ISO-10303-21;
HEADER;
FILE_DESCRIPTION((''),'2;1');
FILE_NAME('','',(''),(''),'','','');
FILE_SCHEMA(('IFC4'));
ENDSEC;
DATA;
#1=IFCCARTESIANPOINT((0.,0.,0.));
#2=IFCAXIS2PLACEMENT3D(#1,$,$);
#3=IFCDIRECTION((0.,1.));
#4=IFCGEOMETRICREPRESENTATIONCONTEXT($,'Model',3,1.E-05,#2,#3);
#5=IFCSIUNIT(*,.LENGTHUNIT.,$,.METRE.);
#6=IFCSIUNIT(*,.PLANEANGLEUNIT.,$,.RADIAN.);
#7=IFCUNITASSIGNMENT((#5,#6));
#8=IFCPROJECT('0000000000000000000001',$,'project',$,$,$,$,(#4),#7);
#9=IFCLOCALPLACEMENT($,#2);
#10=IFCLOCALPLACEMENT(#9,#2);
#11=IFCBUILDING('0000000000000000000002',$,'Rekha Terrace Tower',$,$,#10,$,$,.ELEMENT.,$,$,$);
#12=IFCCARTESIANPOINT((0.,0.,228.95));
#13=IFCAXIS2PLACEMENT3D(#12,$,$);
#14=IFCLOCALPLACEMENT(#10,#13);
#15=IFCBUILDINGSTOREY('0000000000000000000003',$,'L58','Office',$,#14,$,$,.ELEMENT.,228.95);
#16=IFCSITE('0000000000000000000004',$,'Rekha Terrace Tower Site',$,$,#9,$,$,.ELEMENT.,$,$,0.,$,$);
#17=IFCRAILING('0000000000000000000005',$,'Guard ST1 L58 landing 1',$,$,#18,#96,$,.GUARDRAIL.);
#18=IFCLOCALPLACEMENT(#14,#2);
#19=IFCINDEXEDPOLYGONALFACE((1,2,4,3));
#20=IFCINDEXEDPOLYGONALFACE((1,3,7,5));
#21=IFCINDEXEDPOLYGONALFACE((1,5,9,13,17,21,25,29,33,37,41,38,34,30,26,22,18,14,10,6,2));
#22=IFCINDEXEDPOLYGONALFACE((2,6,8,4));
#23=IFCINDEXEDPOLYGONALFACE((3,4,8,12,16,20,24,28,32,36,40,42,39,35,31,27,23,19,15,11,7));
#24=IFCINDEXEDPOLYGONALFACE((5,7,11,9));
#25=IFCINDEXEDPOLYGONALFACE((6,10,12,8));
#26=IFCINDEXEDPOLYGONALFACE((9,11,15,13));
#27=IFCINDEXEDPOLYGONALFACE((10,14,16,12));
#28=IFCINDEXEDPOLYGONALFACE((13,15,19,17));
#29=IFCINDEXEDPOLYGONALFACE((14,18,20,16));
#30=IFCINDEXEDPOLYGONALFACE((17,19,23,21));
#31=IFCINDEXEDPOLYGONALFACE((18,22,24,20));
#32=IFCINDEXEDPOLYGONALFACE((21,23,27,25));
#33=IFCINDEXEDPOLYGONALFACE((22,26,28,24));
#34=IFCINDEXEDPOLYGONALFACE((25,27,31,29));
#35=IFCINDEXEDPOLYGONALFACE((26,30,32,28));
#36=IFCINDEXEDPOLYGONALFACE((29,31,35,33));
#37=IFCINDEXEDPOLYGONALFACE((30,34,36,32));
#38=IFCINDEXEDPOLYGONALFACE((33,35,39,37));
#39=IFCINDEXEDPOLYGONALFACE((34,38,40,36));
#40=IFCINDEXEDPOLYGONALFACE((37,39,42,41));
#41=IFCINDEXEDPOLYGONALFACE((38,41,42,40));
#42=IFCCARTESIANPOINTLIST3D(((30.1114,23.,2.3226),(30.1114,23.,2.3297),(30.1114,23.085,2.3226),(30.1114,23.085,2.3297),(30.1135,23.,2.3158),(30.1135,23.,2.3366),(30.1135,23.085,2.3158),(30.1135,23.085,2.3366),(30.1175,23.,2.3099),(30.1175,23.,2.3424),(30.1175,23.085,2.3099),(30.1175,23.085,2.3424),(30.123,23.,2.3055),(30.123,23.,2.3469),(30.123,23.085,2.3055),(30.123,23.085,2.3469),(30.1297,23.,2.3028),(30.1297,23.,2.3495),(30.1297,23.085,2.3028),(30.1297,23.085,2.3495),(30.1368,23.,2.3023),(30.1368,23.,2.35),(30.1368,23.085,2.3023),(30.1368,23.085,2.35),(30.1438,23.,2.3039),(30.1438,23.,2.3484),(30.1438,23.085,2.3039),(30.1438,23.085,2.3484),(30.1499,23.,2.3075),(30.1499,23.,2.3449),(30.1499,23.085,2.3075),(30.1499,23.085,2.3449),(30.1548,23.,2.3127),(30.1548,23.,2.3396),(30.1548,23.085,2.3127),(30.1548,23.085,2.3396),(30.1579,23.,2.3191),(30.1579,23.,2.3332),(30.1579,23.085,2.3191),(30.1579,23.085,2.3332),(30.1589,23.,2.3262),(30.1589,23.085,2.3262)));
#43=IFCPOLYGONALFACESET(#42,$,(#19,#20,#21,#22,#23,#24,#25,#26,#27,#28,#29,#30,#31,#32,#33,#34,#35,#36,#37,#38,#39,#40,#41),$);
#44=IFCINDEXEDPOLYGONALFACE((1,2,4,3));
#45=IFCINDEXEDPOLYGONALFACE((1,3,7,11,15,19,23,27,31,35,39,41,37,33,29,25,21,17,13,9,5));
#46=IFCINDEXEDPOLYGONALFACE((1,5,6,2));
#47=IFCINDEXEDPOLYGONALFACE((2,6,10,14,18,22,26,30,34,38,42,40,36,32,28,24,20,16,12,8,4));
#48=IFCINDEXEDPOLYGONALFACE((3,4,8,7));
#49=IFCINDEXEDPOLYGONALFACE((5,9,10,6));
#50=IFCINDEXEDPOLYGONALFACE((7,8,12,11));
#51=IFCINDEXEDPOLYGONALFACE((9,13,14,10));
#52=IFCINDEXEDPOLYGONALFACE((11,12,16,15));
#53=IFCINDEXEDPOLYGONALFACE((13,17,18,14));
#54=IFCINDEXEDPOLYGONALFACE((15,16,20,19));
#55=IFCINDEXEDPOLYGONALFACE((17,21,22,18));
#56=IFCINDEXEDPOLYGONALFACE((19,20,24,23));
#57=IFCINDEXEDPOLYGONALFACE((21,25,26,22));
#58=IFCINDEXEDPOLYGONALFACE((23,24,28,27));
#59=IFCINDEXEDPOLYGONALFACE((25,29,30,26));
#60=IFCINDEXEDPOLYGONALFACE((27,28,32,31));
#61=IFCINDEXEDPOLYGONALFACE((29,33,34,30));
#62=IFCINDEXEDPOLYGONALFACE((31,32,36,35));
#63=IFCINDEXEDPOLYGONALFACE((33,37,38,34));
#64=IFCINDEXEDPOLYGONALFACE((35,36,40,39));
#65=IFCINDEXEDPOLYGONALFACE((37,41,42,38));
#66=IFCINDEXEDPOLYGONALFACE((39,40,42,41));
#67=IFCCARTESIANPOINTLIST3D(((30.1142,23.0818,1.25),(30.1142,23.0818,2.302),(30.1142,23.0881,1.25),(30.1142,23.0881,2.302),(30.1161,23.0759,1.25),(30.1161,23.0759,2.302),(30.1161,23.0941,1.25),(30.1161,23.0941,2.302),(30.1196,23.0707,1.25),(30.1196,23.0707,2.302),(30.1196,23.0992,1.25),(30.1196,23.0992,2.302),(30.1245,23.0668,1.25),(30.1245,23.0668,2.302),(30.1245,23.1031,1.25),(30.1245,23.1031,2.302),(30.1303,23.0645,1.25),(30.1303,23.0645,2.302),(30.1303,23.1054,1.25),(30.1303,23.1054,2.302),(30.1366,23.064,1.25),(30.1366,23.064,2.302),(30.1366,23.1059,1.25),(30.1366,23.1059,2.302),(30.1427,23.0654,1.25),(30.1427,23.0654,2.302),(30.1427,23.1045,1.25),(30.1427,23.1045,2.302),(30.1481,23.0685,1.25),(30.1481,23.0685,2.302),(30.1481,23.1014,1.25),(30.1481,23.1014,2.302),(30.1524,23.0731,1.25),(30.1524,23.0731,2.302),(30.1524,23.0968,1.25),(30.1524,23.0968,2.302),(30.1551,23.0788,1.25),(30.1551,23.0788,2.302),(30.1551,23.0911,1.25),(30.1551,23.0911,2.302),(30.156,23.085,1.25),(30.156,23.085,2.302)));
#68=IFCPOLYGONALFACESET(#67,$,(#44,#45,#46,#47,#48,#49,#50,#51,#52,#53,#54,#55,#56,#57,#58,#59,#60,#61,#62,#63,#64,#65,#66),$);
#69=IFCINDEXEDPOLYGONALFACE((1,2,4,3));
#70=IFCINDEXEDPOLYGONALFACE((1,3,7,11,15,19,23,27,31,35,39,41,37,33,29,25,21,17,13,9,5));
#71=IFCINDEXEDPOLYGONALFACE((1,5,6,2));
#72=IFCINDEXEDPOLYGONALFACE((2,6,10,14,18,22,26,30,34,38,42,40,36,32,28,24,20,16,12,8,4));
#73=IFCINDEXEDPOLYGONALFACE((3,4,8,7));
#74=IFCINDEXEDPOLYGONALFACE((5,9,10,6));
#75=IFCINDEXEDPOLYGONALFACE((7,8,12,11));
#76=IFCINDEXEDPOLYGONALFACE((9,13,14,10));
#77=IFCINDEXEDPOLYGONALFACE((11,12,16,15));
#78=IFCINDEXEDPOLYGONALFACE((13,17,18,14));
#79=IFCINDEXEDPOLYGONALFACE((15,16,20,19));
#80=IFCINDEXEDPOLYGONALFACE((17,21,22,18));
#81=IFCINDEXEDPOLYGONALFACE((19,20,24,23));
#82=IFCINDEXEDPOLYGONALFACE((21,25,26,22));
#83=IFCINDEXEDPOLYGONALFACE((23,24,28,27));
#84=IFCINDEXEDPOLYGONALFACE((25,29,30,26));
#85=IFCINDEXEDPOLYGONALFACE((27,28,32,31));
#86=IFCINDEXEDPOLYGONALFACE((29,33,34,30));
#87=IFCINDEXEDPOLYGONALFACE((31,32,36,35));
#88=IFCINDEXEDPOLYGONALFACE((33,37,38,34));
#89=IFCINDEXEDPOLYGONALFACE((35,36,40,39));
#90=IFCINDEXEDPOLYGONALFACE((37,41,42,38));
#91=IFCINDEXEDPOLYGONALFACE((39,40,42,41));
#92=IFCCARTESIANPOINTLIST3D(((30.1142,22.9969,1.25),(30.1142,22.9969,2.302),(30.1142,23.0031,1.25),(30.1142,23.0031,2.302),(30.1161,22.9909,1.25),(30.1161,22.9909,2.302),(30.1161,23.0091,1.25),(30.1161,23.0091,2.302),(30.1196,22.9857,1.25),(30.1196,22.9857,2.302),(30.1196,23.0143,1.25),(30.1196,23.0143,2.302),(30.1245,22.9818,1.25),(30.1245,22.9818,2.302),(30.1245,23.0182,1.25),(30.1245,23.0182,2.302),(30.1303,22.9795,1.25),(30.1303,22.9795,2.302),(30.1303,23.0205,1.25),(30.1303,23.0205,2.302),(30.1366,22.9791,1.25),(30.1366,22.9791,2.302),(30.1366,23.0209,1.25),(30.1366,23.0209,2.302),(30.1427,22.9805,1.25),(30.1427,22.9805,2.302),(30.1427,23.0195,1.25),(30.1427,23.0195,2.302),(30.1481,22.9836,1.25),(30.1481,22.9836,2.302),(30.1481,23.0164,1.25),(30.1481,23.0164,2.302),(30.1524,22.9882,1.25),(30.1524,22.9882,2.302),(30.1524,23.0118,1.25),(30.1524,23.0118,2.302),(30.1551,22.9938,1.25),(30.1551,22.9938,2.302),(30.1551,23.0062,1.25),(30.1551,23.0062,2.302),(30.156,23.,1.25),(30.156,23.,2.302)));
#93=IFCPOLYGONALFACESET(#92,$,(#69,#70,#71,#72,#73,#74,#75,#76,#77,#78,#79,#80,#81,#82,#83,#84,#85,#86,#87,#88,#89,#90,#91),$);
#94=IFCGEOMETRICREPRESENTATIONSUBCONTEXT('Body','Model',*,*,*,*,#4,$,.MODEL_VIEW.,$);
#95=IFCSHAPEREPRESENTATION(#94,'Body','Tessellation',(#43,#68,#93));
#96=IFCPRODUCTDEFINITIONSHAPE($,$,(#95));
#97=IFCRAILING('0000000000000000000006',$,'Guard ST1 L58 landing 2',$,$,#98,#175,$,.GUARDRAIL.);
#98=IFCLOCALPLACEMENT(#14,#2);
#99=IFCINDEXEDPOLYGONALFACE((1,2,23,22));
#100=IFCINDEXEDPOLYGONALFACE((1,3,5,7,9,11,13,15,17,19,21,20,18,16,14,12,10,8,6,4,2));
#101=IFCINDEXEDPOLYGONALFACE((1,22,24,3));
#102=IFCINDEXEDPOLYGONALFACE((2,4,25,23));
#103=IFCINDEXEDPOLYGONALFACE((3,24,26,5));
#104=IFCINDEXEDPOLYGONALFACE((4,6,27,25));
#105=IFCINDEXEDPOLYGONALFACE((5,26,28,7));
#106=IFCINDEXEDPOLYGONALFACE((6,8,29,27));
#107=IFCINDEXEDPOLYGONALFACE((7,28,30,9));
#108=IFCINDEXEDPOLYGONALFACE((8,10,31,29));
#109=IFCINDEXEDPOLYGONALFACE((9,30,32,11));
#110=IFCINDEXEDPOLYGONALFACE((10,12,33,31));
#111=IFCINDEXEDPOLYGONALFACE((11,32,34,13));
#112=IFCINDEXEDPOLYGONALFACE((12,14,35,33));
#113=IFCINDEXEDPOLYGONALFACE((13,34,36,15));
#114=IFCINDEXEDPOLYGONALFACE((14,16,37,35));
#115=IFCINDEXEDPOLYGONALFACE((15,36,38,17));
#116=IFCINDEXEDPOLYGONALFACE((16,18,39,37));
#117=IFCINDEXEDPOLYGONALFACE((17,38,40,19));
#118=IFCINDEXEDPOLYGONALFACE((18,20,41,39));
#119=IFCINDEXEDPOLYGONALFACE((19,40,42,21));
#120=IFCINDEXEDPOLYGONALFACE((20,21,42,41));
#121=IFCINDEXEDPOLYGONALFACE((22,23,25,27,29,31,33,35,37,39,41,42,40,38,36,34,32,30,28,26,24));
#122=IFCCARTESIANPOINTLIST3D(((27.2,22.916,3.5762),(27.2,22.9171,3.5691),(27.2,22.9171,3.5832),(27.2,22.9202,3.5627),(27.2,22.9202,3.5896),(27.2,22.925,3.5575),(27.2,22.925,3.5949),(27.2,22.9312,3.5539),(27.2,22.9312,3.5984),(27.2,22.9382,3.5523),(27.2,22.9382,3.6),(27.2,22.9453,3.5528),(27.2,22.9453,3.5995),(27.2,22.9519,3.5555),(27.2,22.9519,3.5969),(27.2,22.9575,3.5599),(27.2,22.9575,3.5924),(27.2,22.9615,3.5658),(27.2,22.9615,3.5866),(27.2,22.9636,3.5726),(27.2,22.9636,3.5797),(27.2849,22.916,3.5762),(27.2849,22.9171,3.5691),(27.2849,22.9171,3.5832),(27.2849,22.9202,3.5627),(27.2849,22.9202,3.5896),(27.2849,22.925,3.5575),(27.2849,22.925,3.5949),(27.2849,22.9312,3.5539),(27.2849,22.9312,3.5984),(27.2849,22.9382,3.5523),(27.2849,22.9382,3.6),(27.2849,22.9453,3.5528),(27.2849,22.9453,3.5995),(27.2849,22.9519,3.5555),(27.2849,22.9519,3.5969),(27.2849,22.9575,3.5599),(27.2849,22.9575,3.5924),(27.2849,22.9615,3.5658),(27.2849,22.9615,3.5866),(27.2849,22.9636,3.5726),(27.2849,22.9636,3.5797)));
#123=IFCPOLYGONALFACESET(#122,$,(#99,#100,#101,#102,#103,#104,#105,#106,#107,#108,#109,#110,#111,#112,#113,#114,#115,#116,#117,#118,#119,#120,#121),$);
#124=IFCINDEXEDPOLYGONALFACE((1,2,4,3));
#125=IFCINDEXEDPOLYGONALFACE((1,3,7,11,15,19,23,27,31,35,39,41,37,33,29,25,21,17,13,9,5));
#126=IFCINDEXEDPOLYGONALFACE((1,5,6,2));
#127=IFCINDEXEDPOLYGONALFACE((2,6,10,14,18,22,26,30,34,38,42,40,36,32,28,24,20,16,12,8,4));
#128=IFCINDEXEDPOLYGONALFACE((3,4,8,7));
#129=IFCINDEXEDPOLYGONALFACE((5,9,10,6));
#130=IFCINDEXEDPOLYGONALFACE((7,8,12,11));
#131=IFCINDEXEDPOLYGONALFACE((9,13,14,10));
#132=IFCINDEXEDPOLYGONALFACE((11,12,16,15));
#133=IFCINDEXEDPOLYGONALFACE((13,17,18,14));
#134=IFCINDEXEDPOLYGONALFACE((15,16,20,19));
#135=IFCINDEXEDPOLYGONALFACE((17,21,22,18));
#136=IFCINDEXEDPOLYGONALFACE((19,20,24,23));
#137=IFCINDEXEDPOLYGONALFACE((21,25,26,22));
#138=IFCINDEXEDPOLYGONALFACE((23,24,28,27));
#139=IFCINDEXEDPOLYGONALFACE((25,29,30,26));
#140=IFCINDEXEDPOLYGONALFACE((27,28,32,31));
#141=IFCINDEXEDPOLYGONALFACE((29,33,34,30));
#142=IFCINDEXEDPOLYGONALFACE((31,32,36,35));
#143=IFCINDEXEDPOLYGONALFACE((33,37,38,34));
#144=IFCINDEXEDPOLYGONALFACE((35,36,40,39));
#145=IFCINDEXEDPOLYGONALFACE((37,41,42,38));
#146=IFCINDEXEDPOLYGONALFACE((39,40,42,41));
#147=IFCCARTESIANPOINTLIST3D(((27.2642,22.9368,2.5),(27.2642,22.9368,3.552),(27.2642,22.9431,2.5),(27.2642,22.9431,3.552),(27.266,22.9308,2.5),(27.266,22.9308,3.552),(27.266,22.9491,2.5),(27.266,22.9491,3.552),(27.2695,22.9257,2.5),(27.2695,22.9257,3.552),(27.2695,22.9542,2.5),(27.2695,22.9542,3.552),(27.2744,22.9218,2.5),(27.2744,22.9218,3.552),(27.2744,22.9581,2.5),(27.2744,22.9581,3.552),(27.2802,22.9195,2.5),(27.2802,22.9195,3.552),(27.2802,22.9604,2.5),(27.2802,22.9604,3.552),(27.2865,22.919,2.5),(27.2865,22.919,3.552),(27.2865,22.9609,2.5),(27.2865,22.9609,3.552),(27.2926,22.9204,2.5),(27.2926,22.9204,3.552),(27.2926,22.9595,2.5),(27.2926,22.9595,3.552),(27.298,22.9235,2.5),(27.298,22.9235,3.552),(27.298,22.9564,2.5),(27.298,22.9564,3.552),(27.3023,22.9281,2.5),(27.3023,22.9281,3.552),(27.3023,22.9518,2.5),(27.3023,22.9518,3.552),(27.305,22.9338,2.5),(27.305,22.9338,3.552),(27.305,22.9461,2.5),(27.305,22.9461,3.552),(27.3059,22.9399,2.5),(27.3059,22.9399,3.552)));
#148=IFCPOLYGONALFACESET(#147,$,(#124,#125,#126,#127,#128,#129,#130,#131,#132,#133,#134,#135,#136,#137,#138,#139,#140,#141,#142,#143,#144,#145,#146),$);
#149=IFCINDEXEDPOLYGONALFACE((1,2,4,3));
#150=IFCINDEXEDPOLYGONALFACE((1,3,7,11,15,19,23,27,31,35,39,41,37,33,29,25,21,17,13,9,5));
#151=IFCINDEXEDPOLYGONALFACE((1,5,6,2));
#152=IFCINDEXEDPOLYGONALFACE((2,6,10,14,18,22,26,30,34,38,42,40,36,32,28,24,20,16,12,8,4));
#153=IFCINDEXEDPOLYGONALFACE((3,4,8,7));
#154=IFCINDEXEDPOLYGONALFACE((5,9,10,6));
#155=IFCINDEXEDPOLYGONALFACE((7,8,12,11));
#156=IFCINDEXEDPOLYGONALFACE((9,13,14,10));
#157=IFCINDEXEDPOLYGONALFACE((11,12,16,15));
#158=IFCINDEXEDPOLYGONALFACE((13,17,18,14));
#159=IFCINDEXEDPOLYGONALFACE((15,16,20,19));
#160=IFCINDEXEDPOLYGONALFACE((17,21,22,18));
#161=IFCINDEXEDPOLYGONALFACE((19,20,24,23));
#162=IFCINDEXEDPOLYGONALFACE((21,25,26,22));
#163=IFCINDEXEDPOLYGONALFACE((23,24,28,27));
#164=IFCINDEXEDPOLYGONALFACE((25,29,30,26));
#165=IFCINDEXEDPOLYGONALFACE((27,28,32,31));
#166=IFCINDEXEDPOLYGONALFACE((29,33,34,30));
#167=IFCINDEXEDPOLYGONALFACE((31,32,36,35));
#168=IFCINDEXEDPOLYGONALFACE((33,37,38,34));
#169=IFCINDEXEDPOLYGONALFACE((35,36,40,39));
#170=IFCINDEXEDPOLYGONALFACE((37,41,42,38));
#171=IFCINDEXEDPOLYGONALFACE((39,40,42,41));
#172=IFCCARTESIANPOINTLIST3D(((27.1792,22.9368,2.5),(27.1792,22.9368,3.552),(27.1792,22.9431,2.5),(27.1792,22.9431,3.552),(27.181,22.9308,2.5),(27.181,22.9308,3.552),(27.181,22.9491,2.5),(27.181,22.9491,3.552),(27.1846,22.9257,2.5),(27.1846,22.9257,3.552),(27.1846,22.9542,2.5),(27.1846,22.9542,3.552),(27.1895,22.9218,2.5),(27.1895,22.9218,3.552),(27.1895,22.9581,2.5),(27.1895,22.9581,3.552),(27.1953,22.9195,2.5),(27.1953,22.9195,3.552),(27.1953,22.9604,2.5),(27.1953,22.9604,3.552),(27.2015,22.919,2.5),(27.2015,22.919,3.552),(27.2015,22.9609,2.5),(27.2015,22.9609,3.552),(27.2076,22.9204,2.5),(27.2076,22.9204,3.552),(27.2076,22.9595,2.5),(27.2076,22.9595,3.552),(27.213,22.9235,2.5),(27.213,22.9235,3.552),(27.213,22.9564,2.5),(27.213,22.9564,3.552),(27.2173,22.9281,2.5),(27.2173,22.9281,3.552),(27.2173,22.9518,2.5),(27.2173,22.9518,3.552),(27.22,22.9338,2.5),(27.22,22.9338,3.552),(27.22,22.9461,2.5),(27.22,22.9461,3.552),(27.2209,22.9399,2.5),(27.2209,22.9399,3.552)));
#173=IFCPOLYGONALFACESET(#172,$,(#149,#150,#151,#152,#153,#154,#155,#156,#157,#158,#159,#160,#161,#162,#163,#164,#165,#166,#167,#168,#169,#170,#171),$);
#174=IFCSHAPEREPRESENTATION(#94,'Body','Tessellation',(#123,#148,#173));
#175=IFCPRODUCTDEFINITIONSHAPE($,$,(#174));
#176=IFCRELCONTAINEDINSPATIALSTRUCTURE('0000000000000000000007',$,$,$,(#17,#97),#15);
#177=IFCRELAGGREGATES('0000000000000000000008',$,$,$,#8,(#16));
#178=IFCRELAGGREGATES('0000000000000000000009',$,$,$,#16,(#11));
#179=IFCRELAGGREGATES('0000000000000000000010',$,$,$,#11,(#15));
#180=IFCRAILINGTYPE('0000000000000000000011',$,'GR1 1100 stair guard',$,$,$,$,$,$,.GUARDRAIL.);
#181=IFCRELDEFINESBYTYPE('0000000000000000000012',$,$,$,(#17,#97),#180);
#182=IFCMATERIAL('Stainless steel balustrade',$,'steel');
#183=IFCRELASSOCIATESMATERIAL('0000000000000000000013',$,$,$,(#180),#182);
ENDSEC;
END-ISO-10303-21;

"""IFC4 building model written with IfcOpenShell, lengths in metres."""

from ifc_helpers import new_model, si_unit, direction, frame, origin, origin_2d, place, context, subcontext, project, spatial, circle, extrude, material, type_object, element, save


model = new_model("IFC4")

# Units and contexts
model_context = context("Model", 3, precision=1e-05, world=origin(), true_north=direction((0.0, 1.0)))
body_context = subcontext(model_context, "Body", "Model", "MODEL_VIEW")
ifc_project = project(units=[si_unit("LENGTHUNIT", "METRE"), si_unit("PLANEANGLEUNIT", "RADIAN")], contexts=[model_context])

# Site, building, storey
site_placement = place(None, origin())
site = spatial("IfcSite", under=ifc_project, at=site_placement, Name="Rekha Terrace Tower Site", CompositionType="ELEMENT", RefElevation=0.0)
building_placement = place(site_placement, origin())
building = spatial("IfcBuilding", under=site, at=building_placement, Name="Rekha Terrace Tower", CompositionType="ELEMENT")
storey_placement = place(building_placement, frame((0.0, 0.0, 228.95)))
storey = spatial("IfcBuildingStorey", under=building, at=storey_placement, Name="L58", Description="Office", CompositionType="ELEMENT", Elevation=228.95)

# Railings
ifc_material_1 = material(Name="Stainless steel balustrade", Category="steel")
railing_type_1 = type_object("IfcRailingType", Name="GR1 1100 stair guard", PredefinedType="GUARDRAIL", material=ifc_material_1)
railing_1_placement = place(storey_placement, frame((30.135, 23.085, 1.25)))
element("IfcRailing", 1, at=railing_1_placement, inside=storey, type_object=railing_type_1, Name="Guard ST1 L58 landing 1", PredefinedType="GUARDRAIL", context=body_context, shape_type="SweptSolid", body=[
    extrude(circle(Radius=0.0239, at=origin_2d()), frame((0.0, 0.0, 1.0762), z_axis=(0.0, -1.0, 0.0), x_axis=(1.0, 0.0, 0.0)), (0.0, 0.0, 1.0), 0.085),
    extrude(circle(Radius=0.021, at=origin_2d()), origin(), (0.0, 0.0, 1.0), 1.052),
    extrude(circle(Radius=0.021, at=origin_2d()), frame((0.0, -0.085, 0.0)), (0.0, 0.0, 1.0), 1.052),
])
railing_2_placement = place(storey_placement, frame((27.2849, 22.9399, 2.5)))
element("IfcRailing", 2, at=railing_2_placement, inside=storey, type_object=railing_type_1, Name="Guard ST1 L58 landing 2", PredefinedType="GUARDRAIL", context=body_context, shape_type="SweptSolid", body=[
    extrude(circle(Radius=0.0239, at=origin_2d()), frame((0.0, 0.0, 1.0762), z_axis=(-1.0, 0.0, 0.0), x_axis=(0.0, -1.0, 0.0)), (0.0, 0.0, 1.0), 0.085),
    extrude(circle(Radius=0.021, at=origin_2d()), origin(), (0.0, 0.0, 1.0), 1.052),
    extrude(circle(Radius=0.021, at=origin_2d()), frame((-0.085, 0.0, 0.0)), (0.0, 0.0, 1.0), 1.052),
])

save(model, "model.ifc")
